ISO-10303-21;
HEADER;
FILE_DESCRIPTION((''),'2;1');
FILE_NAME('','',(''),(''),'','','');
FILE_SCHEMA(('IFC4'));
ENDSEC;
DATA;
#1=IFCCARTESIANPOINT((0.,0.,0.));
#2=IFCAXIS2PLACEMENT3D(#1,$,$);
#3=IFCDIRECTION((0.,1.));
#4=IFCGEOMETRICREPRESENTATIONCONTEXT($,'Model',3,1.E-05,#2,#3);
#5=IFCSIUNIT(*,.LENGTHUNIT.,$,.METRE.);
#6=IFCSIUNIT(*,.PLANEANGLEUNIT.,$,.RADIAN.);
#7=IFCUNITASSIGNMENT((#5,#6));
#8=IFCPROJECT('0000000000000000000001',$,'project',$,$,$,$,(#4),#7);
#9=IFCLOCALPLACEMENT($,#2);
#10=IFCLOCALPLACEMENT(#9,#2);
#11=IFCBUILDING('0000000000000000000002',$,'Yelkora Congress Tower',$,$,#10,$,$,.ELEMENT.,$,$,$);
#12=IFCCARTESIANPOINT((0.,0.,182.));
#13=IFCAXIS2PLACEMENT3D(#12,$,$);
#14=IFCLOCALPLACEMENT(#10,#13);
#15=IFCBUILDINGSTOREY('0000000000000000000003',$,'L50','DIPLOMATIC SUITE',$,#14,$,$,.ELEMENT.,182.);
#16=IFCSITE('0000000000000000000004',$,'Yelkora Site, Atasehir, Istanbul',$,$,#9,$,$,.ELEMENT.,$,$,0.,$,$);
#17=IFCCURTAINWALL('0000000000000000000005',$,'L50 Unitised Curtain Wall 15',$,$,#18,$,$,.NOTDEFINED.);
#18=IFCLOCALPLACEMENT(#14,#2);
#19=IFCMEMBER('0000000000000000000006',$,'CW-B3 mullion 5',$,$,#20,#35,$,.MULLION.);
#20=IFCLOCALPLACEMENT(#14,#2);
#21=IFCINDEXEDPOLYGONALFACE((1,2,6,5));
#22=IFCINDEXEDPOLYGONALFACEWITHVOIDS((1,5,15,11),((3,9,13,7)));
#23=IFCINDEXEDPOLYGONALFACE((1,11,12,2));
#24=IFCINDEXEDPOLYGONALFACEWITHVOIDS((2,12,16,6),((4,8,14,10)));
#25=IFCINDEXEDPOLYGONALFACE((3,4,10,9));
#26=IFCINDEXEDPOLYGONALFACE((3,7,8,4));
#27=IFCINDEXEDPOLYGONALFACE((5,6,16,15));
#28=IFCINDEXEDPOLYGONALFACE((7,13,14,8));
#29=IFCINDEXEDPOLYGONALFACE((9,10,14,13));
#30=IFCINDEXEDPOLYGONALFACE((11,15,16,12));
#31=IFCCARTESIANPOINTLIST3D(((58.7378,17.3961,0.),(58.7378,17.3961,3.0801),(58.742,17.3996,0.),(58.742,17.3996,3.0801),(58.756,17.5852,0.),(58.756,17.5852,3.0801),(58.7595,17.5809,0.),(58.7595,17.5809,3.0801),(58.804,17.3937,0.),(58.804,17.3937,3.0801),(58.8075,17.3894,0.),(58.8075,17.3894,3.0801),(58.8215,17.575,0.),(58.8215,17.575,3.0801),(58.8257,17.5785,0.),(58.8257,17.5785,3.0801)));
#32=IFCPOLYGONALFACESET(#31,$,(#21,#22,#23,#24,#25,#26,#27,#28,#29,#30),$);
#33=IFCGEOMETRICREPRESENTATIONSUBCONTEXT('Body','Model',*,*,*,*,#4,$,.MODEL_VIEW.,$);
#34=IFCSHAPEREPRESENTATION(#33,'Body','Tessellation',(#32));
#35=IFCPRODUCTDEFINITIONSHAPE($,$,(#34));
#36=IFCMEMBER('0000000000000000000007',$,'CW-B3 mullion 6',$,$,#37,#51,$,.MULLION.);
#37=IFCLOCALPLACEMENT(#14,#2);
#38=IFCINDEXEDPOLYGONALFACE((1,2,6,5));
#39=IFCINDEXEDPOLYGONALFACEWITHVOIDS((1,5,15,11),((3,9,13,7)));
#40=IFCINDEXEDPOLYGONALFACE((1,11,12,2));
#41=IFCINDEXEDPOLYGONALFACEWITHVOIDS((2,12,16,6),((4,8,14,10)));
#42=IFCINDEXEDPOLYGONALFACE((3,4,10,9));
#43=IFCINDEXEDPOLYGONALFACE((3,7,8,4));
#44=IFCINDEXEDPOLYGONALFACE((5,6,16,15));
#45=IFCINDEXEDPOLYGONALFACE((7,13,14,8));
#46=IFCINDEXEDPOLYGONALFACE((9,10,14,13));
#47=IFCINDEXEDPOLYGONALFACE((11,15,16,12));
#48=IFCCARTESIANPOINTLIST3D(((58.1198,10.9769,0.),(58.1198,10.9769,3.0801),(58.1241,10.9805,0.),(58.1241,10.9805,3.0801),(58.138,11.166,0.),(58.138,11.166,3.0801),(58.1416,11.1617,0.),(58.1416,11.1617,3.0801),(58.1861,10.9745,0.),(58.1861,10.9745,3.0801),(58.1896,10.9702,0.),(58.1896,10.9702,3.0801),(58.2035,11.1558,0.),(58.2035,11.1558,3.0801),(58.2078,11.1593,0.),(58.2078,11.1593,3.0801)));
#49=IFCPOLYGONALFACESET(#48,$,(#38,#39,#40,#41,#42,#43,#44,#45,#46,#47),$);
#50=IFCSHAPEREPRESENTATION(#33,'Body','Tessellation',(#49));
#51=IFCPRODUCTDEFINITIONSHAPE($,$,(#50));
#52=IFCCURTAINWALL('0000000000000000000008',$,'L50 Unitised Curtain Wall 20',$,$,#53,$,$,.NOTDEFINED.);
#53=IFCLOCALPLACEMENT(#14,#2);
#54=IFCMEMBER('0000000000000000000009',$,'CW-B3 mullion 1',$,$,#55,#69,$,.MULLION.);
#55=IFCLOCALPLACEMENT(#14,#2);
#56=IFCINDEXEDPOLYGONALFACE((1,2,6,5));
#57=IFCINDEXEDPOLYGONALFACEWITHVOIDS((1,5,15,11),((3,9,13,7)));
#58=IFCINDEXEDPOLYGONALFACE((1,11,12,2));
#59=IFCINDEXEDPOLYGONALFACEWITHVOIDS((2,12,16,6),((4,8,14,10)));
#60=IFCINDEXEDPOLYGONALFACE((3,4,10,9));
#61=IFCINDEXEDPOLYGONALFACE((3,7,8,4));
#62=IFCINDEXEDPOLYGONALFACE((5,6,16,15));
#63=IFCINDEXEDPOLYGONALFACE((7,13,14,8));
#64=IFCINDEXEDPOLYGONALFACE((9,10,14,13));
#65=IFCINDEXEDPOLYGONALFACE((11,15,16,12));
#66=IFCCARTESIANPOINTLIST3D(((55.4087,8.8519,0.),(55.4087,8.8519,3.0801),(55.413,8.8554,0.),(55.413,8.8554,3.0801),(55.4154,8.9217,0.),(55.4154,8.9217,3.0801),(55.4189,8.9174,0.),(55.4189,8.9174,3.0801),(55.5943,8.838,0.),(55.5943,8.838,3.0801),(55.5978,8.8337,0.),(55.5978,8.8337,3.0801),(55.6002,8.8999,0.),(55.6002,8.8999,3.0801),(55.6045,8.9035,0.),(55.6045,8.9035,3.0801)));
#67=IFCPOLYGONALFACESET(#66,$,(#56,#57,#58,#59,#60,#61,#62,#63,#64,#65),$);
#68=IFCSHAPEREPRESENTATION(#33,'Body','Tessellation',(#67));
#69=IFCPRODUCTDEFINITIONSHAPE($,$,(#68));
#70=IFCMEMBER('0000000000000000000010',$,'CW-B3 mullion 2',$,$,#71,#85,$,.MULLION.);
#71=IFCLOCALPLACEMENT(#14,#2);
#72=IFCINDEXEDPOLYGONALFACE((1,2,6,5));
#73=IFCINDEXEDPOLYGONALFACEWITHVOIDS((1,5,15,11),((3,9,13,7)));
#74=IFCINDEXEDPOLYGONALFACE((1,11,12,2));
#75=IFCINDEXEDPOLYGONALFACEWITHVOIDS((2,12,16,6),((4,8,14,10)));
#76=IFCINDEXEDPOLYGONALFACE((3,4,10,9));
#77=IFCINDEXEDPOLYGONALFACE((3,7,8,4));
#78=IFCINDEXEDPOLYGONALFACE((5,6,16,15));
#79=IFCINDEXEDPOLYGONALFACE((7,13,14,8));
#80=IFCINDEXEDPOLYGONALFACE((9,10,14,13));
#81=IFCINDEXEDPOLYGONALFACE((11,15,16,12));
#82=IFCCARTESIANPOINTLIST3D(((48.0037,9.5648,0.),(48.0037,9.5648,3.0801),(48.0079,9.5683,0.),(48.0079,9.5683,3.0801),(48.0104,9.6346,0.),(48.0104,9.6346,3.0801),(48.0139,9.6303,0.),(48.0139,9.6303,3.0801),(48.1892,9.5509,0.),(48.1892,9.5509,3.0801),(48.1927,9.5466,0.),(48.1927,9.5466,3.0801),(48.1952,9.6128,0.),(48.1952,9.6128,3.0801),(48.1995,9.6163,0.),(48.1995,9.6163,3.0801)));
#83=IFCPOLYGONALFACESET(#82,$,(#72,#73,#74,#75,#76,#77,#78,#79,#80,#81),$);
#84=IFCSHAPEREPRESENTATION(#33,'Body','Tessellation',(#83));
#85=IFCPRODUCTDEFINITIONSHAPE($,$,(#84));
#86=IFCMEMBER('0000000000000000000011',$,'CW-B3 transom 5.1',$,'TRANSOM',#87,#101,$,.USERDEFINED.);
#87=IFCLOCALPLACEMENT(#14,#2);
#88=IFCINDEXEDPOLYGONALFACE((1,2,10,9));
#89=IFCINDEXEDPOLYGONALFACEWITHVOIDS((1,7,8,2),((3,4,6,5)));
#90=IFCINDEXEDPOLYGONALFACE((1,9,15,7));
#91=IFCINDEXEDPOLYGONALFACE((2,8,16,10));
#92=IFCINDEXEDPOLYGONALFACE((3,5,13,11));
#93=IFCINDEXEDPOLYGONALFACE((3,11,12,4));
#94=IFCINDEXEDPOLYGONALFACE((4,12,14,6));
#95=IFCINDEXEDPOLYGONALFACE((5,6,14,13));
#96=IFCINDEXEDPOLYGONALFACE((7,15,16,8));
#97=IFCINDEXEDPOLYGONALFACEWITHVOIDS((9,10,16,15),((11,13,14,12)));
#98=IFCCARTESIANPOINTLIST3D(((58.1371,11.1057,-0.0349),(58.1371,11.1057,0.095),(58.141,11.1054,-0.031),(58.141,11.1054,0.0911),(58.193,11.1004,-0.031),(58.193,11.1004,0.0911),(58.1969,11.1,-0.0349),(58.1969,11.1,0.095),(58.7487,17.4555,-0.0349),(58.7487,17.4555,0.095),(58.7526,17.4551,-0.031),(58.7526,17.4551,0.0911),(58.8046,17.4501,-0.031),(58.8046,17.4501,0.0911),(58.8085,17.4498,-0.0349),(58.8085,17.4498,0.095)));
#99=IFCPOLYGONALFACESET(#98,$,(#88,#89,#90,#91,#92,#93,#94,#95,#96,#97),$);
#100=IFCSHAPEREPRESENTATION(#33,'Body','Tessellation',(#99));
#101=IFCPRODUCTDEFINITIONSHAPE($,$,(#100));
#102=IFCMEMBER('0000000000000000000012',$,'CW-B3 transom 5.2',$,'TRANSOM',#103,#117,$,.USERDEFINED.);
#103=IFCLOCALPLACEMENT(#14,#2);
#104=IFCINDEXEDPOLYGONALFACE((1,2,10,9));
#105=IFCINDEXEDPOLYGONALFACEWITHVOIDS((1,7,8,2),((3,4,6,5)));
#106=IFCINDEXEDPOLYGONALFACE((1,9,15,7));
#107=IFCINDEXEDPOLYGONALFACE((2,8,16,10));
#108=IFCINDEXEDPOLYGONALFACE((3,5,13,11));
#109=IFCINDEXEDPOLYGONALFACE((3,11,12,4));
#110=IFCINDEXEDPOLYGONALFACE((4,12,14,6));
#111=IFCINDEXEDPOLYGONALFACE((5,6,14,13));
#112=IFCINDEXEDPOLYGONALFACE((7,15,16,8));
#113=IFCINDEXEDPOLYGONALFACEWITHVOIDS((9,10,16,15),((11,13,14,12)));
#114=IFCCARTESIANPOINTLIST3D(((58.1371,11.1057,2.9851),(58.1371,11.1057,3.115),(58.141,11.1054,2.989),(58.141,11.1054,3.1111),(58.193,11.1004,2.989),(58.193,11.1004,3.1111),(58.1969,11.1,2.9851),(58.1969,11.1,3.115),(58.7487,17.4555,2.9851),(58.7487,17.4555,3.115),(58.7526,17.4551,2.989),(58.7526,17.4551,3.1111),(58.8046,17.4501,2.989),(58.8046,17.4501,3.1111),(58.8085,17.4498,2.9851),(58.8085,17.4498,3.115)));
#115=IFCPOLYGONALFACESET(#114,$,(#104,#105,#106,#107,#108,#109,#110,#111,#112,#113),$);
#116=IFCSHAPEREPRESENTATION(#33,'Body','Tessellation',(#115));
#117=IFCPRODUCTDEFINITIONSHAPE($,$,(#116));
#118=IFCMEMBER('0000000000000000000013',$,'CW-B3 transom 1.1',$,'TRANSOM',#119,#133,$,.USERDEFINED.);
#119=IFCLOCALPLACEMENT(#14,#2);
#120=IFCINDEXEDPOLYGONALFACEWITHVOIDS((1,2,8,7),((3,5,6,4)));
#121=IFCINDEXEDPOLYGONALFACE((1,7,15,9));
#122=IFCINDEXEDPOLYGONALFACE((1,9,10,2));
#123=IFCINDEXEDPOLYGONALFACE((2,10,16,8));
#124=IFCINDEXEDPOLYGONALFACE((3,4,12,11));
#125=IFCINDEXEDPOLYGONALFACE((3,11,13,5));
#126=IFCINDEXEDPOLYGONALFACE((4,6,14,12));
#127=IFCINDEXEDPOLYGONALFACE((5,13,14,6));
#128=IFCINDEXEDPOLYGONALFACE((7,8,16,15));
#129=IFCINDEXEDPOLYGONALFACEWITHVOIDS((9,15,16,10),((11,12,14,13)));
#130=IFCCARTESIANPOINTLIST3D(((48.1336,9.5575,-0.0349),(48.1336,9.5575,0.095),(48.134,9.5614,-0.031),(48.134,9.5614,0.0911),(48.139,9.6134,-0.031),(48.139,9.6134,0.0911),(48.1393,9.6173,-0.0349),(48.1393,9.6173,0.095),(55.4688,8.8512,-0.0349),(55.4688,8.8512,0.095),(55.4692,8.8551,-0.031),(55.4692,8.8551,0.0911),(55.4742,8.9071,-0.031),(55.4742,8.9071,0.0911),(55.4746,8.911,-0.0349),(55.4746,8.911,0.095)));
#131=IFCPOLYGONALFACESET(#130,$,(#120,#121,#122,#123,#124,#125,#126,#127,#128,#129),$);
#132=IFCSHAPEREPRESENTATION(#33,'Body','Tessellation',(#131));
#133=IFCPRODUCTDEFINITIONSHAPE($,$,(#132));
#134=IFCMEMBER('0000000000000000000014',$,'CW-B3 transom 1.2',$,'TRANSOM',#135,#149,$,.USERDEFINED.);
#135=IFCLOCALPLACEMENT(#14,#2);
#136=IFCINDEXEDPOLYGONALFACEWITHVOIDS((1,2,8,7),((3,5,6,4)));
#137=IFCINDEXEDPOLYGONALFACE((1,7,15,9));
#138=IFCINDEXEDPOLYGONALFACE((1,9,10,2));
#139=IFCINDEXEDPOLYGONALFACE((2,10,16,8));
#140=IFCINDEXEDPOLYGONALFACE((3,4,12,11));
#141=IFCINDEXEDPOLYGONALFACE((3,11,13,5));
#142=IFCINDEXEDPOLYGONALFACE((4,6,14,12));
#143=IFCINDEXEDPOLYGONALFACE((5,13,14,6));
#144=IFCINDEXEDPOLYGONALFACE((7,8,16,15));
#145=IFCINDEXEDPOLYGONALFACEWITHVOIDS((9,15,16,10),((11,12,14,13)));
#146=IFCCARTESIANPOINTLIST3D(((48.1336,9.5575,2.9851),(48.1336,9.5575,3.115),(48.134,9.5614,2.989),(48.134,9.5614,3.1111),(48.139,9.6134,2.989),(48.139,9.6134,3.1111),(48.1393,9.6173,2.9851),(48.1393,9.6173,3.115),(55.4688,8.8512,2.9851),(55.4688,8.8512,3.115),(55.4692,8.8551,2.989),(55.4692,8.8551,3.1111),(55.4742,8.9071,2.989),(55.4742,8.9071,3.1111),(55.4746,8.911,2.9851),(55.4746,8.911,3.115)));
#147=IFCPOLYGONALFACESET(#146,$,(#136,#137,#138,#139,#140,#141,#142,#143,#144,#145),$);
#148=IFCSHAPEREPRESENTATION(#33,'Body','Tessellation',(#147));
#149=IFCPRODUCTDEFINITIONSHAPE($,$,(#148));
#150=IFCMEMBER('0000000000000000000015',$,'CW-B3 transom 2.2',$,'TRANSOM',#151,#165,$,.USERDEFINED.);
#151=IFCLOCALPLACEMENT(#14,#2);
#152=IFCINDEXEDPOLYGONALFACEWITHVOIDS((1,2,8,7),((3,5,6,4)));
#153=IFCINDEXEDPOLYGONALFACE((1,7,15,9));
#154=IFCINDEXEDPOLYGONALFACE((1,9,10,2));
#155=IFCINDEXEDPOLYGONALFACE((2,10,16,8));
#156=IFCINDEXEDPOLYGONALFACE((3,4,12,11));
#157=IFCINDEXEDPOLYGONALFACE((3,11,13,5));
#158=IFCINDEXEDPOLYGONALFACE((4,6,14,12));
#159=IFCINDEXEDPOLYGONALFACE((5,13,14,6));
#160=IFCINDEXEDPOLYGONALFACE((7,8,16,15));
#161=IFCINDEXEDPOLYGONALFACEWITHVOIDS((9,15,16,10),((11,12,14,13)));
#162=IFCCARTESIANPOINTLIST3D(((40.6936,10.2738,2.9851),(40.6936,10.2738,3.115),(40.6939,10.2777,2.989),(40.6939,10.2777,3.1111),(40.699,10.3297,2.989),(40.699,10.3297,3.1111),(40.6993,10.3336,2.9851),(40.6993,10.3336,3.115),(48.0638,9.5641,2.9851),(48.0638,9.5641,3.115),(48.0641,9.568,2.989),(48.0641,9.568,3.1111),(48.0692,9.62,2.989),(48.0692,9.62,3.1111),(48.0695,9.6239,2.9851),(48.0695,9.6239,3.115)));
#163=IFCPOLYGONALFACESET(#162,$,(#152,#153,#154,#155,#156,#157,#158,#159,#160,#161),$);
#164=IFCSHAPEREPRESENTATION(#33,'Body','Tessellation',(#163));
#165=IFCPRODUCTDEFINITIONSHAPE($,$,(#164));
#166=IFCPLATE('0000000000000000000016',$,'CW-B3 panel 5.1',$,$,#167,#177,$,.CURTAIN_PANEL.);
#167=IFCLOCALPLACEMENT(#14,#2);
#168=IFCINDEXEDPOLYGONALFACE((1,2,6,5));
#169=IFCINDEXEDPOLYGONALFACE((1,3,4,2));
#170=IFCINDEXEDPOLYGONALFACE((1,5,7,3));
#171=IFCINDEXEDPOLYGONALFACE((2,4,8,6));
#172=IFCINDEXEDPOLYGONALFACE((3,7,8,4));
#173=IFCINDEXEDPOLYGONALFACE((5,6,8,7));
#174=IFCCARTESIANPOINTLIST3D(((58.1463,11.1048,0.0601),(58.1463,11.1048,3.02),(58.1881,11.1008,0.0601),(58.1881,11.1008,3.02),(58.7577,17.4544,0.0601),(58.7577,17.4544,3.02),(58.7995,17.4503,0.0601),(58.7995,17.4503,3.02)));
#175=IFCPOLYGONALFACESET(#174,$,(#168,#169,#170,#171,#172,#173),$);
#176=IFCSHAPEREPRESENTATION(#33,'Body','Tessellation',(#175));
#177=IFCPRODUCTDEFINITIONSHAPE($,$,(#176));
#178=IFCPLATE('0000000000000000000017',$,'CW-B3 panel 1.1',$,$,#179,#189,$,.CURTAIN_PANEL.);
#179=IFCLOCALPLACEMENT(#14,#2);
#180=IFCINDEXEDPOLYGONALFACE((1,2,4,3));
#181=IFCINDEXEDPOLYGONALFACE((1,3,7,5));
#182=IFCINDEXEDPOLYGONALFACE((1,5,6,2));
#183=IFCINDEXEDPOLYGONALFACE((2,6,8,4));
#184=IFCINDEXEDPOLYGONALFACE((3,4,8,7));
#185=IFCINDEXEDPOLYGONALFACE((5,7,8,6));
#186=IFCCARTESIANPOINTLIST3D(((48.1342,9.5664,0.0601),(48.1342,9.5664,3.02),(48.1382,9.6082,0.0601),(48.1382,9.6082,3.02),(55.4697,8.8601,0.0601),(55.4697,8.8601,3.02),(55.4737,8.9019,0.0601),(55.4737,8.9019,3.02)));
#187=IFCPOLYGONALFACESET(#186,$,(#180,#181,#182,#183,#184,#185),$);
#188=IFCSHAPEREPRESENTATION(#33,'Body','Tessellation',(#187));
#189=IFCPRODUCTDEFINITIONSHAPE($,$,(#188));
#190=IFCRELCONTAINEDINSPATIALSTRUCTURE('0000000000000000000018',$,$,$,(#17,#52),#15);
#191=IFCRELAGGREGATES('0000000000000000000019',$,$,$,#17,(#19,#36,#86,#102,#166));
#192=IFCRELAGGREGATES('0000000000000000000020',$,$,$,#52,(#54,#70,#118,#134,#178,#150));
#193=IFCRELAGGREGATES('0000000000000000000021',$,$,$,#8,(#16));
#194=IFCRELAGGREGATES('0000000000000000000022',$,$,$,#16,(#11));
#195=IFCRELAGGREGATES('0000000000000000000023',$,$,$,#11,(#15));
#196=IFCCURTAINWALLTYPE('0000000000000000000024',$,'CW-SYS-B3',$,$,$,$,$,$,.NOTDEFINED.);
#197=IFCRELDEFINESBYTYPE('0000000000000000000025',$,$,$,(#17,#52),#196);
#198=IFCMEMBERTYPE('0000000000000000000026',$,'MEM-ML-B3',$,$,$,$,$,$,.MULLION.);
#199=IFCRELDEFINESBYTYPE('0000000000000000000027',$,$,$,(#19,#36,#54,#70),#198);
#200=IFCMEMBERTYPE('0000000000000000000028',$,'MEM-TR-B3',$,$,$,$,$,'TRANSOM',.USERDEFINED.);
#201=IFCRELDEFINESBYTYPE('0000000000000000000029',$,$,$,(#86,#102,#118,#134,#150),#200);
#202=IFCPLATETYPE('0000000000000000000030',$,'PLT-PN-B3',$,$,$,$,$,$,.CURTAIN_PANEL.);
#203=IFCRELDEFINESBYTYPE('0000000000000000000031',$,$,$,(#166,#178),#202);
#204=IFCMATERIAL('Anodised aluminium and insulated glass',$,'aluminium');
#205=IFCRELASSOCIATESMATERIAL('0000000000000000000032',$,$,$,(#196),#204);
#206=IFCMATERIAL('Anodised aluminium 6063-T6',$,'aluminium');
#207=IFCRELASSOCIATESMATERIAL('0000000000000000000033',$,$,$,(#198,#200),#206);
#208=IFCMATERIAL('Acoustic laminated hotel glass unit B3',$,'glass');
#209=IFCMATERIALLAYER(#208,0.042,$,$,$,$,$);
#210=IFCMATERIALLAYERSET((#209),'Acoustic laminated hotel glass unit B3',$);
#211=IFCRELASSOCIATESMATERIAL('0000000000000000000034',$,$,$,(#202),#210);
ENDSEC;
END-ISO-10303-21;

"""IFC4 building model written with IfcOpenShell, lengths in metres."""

from ifc_helpers import new_model, si_unit, direction, frame, origin, origin_2d, place, context, subcontext, project, spatial, rectangle, hollow_rectangle, extrude, material, layer, layer_set, material_profile, profile_set, type_object, element, aggregate, save


model = new_model("IFC4")

# Units and contexts
model_context = context("Model", 3, precision=1e-05, world=origin(), true_north=direction((0.0, 1.0)))
body_context = subcontext(model_context, "Body", "Model", "MODEL_VIEW")
ifc_project = project(units=[si_unit("LENGTHUNIT", "METRE"), si_unit("PLANEANGLEUNIT", "RADIAN")], contexts=[model_context])

# Site, building, storey
site_placement = place(None, origin())
site = spatial("IfcSite", under=ifc_project, at=site_placement, Name="Yelkora Site, Atasehir, Istanbul", CompositionType="ELEMENT", RefElevation=0.0)
building_placement = place(site_placement, origin())
building = spatial("IfcBuilding", under=site, at=building_placement, Name="Yelkora Congress Tower", CompositionType="ELEMENT")
storey_placement = place(building_placement, frame((0.0, 0.0, 182.0)))
storey = spatial("IfcBuildingStorey", under=building, at=storey_placement, Name="L50", Description="DIPLOMATIC SUITE", CompositionType="ELEMENT", Elevation=182.0)

# Curtain walls, members
ifc_material_1 = material(Name="Anodised aluminium and insulated glass", Category="aluminium")
curtain_wall_type = type_object("IfcCurtainWallType", Name="CW-SYS-B3", PredefinedType="NOTDEFINED", material=ifc_material_1)
curtain_wall_1_placement = place(storey_placement, origin())
curtain_wall_1 = element("IfcCurtainWall", 1, at=curtain_wall_1_placement, inside=storey, type_object=curtain_wall_type, Name="L50 Unitised Curtain Wall 15", PredefinedType="NOTDEFINED")
ifc_material_2 = material(Name="Anodised aluminium 6063-T6", Category="aluminium")
ifc_material_profile_1 = material_profile(ifc_material_2, hollow_rectangle(XDim=0.0701, YDim=0.1899, WallThickness=0.0039, at=origin_2d()), Name="ALU 70x190x4")
ifc_profile_set_1 = profile_set([ifc_material_profile_1], Name="Anodised aluminium 6063-T6")
member_type_1 = type_object("IfcMemberType", Name="MEM-ML-B3", PredefinedType="MULLION", material=ifc_profile_set_1)
member_1_placement = place(storey_placement, frame((58.7817, 17.4873, 0.0), z_axis=(0.0, 0.0, 1.0), x_axis=(0.995397, -0.095842, 0.0)))
member_1 = element("IfcMember", 2, at=member_1_placement, type_object=member_type_1, Name="CW-B3 mullion 5", PredefinedType="MULLION", context=body_context, shape_type="SweptSolid", body=[
    extrude(hollow_rectangle(XDim=0.0701, YDim=0.1899, WallThickness=0.0039, at=origin_2d()), origin(), (0.0, 0.0, 1.0), 3.0801),
])
member_2_placement = place(storey_placement, frame((58.1638, 11.0681, 0.0), z_axis=(0.0, 0.0, 1.0), x_axis=(0.995397, -0.095842, 0.0)))
member_2 = element("IfcMember", 3, at=member_2_placement, type_object=member_type_1, Name="CW-B3 mullion 6", PredefinedType="MULLION", context=body_context, shape_type="SweptSolid", body=[
    extrude(hollow_rectangle(XDim=0.0701, YDim=0.1899, WallThickness=0.0039, at=origin_2d()), origin(), (0.0, 0.0, 1.0), 3.0801),
])
curtain_wall_2_placement = place(storey_placement, origin())
curtain_wall_2 = element("IfcCurtainWall", 4, at=curtain_wall_2_placement, inside=storey, type_object=curtain_wall_type, Name="L50 Unitised Curtain Wall 20", PredefinedType="NOTDEFINED")
member_3_placement = place(storey_placement, frame((55.5066, 8.8777, 0.0), z_axis=(0.0, 0.0, 1.0), x_axis=(-0.095845, -0.995396, 0.0)))
member_3 = element("IfcMember", 5, at=member_3_placement, type_object=member_type_1, Name="CW-B3 mullion 1", PredefinedType="MULLION", context=body_context, shape_type="SweptSolid", body=[
    extrude(hollow_rectangle(XDim=0.0701, YDim=0.1899, WallThickness=0.0039, at=origin_2d()), origin(), (0.0, 0.0, 1.0), 3.0801),
])
member_4_placement = place(storey_placement, frame((48.1016, 9.5906, 0.0), z_axis=(0.0, 0.0, 1.0), x_axis=(-0.095845, -0.995396, 0.0)))
member_4 = element("IfcMember", 6, at=member_4_placement, type_object=member_type_1, Name="CW-B3 mullion 2", PredefinedType="MULLION", context=body_context, shape_type="SweptSolid", body=[
    extrude(hollow_rectangle(XDim=0.0701, YDim=0.1899, WallThickness=0.0039, at=origin_2d()), origin(), (0.0, 0.0, 1.0), 3.0801),
])

# Members
ifc_material_profile_2 = material_profile(ifc_material_2, hollow_rectangle(XDim=0.0601, YDim=0.1299, WallThickness=0.0039, at=origin_2d()), Name="ALU 60x130x4")
ifc_profile_set_2 = profile_set([ifc_material_profile_2], Name="Anodised aluminium 6063-T6")
member_type_2 = type_object("IfcMemberType", Name="MEM-TR-B3", ElementType="TRANSOM", PredefinedType="USERDEFINED", material=ifc_profile_set_2)
member_5_placement = place(storey_placement, frame((58.7786, 17.4526, 0.03), z_axis=(-0.095869, -0.995394, 0.0), x_axis=(0.995394, -0.095869, 0.0)))
member_5 = element("IfcMember", 7, at=member_5_placement, type_object=member_type_2, Name="CW-B3 transom 5.1", ObjectType="TRANSOM", PredefinedType="USERDEFINED", context=body_context, shape_type="SweptSolid", body=[
    extrude(hollow_rectangle(XDim=0.0601, YDim=0.1299, WallThickness=0.0039, at=origin_2d()), origin(), (0.0, 0.0, 1.0), 6.3792),
])
member_6_placement = place(storey_placement, frame((58.7786, 17.4526, 3.05), z_axis=(-0.095869, -0.995394, 0.0), x_axis=(0.995394, -0.095869, 0.0)))
member_6 = element("IfcMember", 8, at=member_6_placement, type_object=member_type_2, Name="CW-B3 transom 5.2", ObjectType="TRANSOM", PredefinedType="USERDEFINED", context=body_context, shape_type="SweptSolid", body=[
    extrude(hollow_rectangle(XDim=0.0601, YDim=0.1299, WallThickness=0.0039, at=origin_2d()), origin(), (0.0, 0.0, 1.0), 6.3792),
])
member_7_placement = place(storey_placement, frame((55.4717, 8.8811, 0.03), z_axis=(-0.995396, 0.095846, 0.0), x_axis=(-0.095846, -0.995396, 0.0)))
member_7 = element("IfcMember", 9, at=member_7_placement, type_object=member_type_2, Name="CW-B3 transom 1.1", ObjectType="TRANSOM", PredefinedType="USERDEFINED", context=body_context, shape_type="SweptSolid", body=[
    extrude(hollow_rectangle(XDim=0.0601, YDim=0.1299, WallThickness=0.0039, at=origin_2d()), origin(), (0.0, 0.0, 1.0), 7.3691),
])
member_8_placement = place(storey_placement, frame((55.4717, 8.8811, 3.05), z_axis=(-0.995396, 0.095846, 0.0), x_axis=(-0.095846, -0.995396, 0.0)))
member_8 = element("IfcMember", 10, at=member_8_placement, type_object=member_type_2, Name="CW-B3 transom 1.2", ObjectType="TRANSOM", PredefinedType="USERDEFINED", context=body_context, shape_type="SweptSolid", body=[
    extrude(hollow_rectangle(XDim=0.0601, YDim=0.1299, WallThickness=0.0039, at=origin_2d()), origin(), (0.0, 0.0, 1.0), 7.3691),
])
member_9_placement = place(storey_placement, frame((48.0667, 9.594, 3.05), z_axis=(-0.995395, 0.095853, 0.0), x_axis=(-0.095853, -0.995395, 0.0)))
member_9 = element("IfcMember", 11, at=member_9_placement, type_object=member_type_2, Name="CW-B3 transom 2.2", ObjectType="TRANSOM", PredefinedType="USERDEFINED", context=body_context, shape_type="SweptSolid", body=[
    extrude(hollow_rectangle(XDim=0.0601, YDim=0.1299, WallThickness=0.0039, at=origin_2d()), origin(), (0.0, 0.0, 1.0), 7.4043),
])

# Plates
ifc_material_3 = material(Name="Acoustic laminated hotel glass unit B3", Category="glass")
ifc_layer_1 = layer(ifc_material_3, 0.042)
ifc_layer_set_1 = layer_set([ifc_layer_1], Name="Acoustic laminated hotel glass unit B3")
plate_type = type_object("IfcPlateType", Name="PLT-PN-B3", PredefinedType="CURTAIN_PANEL", material=ifc_layer_set_1)
plate_1_placement = place(storey_placement, frame((58.4729, 14.2776, 0.0601), z_axis=(0.0, 0.0, 1.0), x_axis=(-0.095842, -0.995397, 0.0)))
plate_1 = element("IfcPlate", 12, at=plate_1_placement, type_object=plate_type, Name="CW-B3 panel 5.1", PredefinedType="CURTAIN_PANEL", context=body_context, shape_type="SweptSolid", body=[
    extrude(rectangle(XDim=6.3789, YDim=0.042, at=origin_2d()), origin(), (0.0, 0.0, 1.0), 2.96),
])
aggregate(curtain_wall_1, [member_1, member_2, member_5, member_6, plate_1])
plate_2_placement = place(storey_placement, frame((51.804, 9.2341, 0.0601), z_axis=(0.0, 0.0, 1.0), x_axis=(-0.995396, 0.095845, 0.0)))
plate_2 = element("IfcPlate", 13, at=plate_2_placement, type_object=plate_type, Name="CW-B3 panel 1.1", PredefinedType="CURTAIN_PANEL", context=body_context, shape_type="SweptSolid", body=[
    extrude(rectangle(XDim=7.3694, YDim=0.042, at=origin_2d()), origin(), (0.0, 0.0, 1.0), 2.96),
])
aggregate(curtain_wall_2, [member_3, member_4, member_7, member_8, plate_2, member_9])

save(model, "model.ifc")
